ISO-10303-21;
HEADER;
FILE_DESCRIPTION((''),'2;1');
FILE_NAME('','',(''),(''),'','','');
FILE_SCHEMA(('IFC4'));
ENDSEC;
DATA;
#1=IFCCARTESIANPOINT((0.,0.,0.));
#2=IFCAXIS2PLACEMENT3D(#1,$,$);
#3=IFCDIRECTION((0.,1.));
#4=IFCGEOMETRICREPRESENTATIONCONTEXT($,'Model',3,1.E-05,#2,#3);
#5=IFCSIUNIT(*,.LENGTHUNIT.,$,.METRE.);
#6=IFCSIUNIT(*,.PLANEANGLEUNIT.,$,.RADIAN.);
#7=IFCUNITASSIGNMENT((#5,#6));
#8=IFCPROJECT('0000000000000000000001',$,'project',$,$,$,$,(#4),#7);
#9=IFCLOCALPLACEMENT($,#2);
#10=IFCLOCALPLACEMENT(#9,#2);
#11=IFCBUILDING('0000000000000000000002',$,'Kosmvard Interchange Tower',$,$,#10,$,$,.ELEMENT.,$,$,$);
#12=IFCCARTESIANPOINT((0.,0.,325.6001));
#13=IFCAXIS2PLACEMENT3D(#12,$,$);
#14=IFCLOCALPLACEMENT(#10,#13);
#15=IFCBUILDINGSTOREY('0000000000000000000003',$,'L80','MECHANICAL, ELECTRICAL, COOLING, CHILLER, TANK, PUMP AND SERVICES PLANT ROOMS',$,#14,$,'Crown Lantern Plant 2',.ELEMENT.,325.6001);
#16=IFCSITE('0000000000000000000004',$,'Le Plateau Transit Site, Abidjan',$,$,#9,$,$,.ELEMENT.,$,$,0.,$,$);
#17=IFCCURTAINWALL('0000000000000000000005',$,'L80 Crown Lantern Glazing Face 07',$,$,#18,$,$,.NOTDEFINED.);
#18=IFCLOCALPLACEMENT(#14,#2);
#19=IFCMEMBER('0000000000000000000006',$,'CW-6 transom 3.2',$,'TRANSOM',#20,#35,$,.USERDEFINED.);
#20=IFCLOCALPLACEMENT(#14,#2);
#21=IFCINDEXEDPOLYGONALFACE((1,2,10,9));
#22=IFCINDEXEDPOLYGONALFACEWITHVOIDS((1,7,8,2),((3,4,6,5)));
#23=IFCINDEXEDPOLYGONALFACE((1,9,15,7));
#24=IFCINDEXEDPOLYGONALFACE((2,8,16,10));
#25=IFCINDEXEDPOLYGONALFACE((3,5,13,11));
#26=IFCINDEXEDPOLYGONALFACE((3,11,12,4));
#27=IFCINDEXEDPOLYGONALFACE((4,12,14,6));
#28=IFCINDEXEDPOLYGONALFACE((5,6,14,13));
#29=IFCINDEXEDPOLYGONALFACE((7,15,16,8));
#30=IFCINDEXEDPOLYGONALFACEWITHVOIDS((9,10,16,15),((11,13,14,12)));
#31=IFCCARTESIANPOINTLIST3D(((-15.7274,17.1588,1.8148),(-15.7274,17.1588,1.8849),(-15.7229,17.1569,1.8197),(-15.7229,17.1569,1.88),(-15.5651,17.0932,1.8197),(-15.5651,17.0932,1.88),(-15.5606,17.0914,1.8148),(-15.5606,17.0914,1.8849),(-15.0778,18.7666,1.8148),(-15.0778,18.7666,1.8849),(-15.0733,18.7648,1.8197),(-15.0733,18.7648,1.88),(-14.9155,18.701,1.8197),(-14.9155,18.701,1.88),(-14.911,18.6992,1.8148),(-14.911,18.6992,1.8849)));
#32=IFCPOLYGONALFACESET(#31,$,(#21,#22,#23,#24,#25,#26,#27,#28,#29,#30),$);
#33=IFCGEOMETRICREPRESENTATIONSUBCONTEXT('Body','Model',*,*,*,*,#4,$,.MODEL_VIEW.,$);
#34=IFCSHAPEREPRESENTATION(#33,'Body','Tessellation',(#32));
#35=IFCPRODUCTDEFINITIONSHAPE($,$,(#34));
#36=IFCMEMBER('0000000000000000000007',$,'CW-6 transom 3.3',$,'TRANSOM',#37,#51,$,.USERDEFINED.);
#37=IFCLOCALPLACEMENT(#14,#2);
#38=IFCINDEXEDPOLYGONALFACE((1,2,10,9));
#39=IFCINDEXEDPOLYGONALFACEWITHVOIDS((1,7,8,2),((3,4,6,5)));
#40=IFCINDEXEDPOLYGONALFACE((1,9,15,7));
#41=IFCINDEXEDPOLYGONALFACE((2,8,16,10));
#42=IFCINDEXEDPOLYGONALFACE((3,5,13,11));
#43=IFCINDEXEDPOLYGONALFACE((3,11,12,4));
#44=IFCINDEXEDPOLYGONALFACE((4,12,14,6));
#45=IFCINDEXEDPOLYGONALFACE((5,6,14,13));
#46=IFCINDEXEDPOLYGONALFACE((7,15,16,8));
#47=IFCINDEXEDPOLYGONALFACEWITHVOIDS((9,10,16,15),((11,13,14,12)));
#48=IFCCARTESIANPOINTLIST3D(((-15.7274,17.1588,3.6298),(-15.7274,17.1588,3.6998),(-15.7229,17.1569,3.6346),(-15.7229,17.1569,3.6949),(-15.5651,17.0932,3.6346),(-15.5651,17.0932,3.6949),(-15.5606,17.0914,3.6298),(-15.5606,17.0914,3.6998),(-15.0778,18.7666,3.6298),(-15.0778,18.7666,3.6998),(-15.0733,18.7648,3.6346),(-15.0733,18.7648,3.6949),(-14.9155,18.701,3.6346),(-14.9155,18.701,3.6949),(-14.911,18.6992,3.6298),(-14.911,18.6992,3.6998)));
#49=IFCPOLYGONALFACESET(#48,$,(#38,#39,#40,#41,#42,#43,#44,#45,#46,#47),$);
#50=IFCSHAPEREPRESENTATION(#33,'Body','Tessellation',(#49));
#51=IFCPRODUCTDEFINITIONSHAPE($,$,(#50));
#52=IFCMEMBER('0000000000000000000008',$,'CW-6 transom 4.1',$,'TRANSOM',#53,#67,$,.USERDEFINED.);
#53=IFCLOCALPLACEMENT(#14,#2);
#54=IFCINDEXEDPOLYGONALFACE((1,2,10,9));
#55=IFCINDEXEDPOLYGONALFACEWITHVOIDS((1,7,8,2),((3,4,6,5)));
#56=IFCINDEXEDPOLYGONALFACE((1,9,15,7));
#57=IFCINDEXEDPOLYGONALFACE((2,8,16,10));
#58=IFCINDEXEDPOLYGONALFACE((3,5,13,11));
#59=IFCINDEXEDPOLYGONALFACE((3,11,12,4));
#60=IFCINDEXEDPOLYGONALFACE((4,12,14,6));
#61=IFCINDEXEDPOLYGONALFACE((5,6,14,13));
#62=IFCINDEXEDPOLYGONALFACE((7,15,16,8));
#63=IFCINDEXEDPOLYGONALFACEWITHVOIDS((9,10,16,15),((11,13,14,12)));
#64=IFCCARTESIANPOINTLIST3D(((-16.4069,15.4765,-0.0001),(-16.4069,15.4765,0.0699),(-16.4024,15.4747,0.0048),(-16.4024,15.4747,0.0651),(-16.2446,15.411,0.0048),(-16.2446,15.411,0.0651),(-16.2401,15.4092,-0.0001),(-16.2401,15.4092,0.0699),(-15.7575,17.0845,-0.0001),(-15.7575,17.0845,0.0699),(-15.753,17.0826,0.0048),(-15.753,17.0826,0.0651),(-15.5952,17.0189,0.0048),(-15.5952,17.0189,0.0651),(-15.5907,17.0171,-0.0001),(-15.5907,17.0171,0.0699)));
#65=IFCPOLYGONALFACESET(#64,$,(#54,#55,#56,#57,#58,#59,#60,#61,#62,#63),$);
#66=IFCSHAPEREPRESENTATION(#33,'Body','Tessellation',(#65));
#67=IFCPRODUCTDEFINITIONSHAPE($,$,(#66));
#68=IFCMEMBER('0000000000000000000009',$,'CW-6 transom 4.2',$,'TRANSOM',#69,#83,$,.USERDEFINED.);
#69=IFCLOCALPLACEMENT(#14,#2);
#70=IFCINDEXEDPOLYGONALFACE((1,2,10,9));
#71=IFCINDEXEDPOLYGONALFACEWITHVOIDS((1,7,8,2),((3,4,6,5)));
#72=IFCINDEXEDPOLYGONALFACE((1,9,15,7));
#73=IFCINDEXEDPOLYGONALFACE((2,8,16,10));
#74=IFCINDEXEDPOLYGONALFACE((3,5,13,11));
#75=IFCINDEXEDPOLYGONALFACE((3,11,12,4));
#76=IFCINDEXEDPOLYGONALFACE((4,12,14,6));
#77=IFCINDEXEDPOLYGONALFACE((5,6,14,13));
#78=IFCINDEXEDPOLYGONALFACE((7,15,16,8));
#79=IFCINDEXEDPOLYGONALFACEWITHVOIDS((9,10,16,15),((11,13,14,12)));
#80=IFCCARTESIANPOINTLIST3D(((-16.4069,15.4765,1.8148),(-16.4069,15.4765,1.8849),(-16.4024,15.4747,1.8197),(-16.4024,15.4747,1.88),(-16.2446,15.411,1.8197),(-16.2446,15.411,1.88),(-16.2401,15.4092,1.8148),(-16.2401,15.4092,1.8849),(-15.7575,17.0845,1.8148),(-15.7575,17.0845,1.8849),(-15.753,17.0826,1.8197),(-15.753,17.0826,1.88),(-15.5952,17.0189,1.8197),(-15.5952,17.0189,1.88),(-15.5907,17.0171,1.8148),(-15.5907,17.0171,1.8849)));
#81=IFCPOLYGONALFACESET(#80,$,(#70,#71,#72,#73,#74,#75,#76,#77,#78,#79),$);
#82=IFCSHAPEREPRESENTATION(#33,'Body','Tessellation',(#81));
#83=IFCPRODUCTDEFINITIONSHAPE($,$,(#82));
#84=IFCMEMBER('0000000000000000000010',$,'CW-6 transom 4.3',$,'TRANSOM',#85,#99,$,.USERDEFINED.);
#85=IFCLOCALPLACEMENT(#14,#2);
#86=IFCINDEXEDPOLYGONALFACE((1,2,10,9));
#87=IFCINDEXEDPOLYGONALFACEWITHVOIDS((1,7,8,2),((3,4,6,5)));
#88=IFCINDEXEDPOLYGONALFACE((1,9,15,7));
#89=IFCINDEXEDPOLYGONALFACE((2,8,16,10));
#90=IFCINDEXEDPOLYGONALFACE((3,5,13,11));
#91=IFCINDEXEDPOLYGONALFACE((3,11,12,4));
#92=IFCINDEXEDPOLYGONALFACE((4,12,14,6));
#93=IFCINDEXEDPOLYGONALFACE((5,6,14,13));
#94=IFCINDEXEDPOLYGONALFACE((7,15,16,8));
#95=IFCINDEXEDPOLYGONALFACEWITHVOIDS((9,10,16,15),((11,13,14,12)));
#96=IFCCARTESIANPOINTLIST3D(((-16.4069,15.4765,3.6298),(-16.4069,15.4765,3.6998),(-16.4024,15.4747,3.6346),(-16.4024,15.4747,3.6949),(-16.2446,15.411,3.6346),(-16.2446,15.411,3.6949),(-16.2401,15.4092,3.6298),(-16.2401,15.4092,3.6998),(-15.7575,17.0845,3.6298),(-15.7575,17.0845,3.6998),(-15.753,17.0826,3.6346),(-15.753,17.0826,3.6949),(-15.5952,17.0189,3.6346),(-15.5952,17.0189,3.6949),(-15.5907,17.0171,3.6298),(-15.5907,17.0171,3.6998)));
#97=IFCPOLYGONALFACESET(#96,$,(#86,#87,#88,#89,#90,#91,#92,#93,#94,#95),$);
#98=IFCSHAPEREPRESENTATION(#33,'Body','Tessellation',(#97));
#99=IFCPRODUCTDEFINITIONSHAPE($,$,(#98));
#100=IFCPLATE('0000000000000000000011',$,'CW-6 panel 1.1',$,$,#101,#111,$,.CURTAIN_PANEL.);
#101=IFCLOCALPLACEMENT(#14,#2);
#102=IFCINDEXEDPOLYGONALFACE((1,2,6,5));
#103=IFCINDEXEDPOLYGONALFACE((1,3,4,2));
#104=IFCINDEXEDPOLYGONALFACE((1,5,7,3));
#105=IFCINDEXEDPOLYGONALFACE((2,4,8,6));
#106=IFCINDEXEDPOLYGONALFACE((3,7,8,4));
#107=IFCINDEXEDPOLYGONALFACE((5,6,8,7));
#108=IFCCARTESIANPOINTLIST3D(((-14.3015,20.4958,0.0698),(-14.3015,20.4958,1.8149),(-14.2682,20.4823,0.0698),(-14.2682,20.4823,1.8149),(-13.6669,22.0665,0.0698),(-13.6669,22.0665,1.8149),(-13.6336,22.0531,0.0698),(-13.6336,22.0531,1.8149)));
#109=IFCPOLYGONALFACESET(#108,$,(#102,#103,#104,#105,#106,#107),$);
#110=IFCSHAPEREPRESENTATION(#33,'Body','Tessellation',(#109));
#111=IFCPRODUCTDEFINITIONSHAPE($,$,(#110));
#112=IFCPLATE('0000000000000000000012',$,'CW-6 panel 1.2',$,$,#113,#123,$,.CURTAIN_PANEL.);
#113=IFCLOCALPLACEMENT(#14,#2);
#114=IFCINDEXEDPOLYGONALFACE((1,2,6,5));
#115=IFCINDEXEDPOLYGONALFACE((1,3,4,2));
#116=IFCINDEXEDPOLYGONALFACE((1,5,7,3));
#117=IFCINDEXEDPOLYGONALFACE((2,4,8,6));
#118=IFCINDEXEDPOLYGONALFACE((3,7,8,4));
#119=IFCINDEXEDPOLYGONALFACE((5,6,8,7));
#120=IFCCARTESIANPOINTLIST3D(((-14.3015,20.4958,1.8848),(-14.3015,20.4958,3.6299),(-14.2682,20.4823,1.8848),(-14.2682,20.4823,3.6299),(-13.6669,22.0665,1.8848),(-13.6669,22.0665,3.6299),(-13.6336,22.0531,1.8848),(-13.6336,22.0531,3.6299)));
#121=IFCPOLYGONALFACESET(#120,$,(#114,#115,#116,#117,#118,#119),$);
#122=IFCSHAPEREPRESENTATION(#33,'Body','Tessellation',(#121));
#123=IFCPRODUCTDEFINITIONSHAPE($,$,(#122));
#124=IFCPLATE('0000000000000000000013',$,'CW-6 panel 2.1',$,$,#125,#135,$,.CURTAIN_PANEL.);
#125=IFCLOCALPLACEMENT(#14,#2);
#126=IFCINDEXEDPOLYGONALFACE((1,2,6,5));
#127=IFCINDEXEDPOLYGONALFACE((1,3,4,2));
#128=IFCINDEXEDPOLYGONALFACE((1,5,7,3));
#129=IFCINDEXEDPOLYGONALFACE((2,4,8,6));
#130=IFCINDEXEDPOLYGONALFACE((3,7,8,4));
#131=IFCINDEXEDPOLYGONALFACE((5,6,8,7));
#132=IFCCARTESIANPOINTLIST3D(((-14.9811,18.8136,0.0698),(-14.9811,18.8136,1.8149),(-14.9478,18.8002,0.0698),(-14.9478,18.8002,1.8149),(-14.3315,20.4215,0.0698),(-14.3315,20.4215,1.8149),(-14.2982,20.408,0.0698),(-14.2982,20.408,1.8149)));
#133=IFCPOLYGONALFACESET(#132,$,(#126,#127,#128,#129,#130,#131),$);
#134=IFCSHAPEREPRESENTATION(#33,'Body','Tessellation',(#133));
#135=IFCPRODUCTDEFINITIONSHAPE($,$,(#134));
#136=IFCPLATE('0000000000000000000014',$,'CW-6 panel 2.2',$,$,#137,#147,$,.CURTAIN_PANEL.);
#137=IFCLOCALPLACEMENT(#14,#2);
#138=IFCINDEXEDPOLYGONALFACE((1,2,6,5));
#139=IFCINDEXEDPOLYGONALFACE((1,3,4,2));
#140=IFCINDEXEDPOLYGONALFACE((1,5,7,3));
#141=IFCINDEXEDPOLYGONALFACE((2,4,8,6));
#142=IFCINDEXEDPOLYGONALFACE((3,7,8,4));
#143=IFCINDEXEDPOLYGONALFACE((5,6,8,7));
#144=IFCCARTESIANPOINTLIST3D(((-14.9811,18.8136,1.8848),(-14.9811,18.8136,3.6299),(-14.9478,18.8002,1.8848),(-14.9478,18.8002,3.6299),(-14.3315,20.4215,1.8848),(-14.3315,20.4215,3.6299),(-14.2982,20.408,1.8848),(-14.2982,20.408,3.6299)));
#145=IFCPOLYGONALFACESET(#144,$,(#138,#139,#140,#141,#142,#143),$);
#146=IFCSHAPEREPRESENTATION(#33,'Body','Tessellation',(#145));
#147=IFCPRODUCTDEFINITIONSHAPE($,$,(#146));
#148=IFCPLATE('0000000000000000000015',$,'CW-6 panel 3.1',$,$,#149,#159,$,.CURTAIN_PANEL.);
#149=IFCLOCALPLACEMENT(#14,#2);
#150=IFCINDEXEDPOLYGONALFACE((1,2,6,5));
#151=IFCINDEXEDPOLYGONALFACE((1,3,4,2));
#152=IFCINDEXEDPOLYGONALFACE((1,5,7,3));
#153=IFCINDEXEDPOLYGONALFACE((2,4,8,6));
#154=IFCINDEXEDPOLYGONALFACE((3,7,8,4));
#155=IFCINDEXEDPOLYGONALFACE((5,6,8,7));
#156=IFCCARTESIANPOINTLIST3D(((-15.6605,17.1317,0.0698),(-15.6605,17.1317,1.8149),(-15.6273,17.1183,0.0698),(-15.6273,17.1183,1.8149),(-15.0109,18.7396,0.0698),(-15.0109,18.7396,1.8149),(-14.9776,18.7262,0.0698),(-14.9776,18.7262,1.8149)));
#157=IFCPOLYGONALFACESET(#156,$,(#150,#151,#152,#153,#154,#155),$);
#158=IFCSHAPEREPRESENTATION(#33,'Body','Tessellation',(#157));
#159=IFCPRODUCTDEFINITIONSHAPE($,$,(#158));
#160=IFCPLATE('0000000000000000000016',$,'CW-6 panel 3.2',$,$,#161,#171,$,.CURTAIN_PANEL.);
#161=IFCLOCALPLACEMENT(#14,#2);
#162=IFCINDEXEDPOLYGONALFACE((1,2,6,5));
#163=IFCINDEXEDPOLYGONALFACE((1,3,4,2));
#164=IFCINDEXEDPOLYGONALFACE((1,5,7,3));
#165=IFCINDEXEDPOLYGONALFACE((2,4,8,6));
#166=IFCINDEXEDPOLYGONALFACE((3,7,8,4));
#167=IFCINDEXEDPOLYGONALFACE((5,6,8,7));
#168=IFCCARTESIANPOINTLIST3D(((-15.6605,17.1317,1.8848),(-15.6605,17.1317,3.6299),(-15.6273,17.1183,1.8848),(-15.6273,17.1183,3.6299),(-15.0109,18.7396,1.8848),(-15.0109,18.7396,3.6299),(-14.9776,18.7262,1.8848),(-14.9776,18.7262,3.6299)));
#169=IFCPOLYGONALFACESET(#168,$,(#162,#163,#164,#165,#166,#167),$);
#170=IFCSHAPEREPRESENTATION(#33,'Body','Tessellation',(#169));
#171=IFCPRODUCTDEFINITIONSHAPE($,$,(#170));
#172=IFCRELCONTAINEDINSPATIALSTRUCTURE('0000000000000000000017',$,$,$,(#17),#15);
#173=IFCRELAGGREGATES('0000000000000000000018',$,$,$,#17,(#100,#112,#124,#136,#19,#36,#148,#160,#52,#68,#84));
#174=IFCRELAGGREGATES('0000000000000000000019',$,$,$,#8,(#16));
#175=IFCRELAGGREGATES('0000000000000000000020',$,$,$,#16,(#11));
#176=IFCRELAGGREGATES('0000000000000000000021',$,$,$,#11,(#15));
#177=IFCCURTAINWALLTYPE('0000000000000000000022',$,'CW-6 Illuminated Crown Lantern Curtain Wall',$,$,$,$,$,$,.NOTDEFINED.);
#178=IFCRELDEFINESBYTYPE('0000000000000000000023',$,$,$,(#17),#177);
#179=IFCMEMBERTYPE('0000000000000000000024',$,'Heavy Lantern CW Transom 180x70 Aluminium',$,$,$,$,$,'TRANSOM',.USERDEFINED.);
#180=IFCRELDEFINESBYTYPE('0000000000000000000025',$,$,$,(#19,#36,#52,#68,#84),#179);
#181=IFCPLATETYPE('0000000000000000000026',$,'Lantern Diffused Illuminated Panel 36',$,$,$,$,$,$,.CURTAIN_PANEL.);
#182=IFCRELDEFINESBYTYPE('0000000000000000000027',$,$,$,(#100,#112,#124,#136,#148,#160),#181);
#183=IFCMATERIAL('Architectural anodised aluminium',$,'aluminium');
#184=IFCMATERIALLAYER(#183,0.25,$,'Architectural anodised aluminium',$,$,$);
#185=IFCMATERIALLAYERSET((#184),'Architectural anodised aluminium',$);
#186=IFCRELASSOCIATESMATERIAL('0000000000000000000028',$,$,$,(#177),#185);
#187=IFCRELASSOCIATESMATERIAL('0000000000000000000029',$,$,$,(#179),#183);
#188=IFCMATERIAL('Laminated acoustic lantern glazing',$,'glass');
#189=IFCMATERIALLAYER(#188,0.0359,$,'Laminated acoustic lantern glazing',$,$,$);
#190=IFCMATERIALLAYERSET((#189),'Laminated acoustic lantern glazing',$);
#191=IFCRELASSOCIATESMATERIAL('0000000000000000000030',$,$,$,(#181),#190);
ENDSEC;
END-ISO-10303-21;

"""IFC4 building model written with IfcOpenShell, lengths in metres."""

from ifc_helpers import new_model, si_unit, direction, frame, origin, origin_2d, place, context, subcontext, project, spatial, rectangle, hollow_rectangle, extrude, source, transform, mapped, material, layer, layer_set, material_profile, profile_set, type_object, element, aggregate, save


model = new_model("IFC4")

# Units and contexts
model_context = context("Model", 3, precision=1e-05, world=origin(), true_north=direction((0.0, 1.0)))
body_context = subcontext(model_context, "Body", "Model", "MODEL_VIEW")
ifc_project = project(units=[si_unit("LENGTHUNIT", "METRE"), si_unit("PLANEANGLEUNIT", "RADIAN")], contexts=[model_context])

# Site, building, storey
site_placement = place(None, origin())
site = spatial("IfcSite", under=ifc_project, at=site_placement, Name="Le Plateau Transit Site, Abidjan", CompositionType="ELEMENT", RefElevation=0.0)
building_placement = place(site_placement, origin())
building = spatial("IfcBuilding", under=site, at=building_placement, Name="Kosmvard Interchange Tower", CompositionType="ELEMENT")
storey_placement = place(building_placement, frame((0.0, 0.0, 325.6001)))
storey = spatial("IfcBuildingStorey", under=building, at=storey_placement, Name="L80", Description="MECHANICAL, ELECTRICAL, COOLING, CHILLER, TANK, PUMP AND SERVICES PLANT ROOMS", LongName="Crown Lantern Plant 2", CompositionType="ELEMENT", Elevation=325.6001)

# Curtain wall, members, plates
ifc_material_1 = material(Name="Architectural anodised aluminium", Category="aluminium")
ifc_layer_1 = layer(ifc_material_1, 0.25, Name="Architectural anodised aluminium")
ifc_layer_set_1 = layer_set([ifc_layer_1], Name="Architectural anodised aluminium")
curtain_wall_type = type_object("IfcCurtainWallType", Name="CW-6 Illuminated Crown Lantern Curtain Wall", PredefinedType="NOTDEFINED", material=ifc_layer_set_1)
curtain_wall_placement = place(storey_placement, origin())
curtain_wall = element("IfcCurtainWall", 1, at=curtain_wall_placement, inside=storey, type_object=curtain_wall_type, Name="L80 Crown Lantern Glazing Face 07", PredefinedType="NOTDEFINED")
ifc_material_profile_1 = material_profile(ifc_material_1, hollow_rectangle(XDim=0.1799, YDim=0.0701, WallThickness=0.0049, at=origin_2d()), Name="CWT 180x70x5")
ifc_profile_set_1 = profile_set([ifc_material_profile_1], Name="Architectural anodised aluminium")
member_type_1 = type_object("IfcMemberType", Name="Heavy Lantern CW Transom 180x70 Aluminium", ElementType="TRANSOM", PredefinedType="USERDEFINED", material=ifc_profile_set_1)
shared_shape_1 = source(origin(), body_context, "Body", "SweptSolid", [
    extrude(hollow_rectangle(XDim=0.1799, YDim=0.0701, WallThickness=0.0049, at=origin_2d()), origin(), (0.0, 0.0, 1.0), 1.7341),
])
member_1_placement = place(storey_placement, frame((-14.9944, 18.7329, 1.8499), z_axis=(-0.374617, -0.92718, 0.0), x_axis=(0.92718, -0.374617, 0.0)))
member_1 = element("IfcMember", 2, at=member_1_placement, type_object=member_type_1, Name="CW-6 transom 3.2", ObjectType="TRANSOM", PredefinedType="USERDEFINED", context=body_context, shape_type="MappedRepresentation", body=[
    mapped(shared_shape_1, transform((0.0, 0.0, 0.0), scale=1.0)),
])
member_2_placement = place(storey_placement, frame((-14.9944, 18.7329, 3.6648), z_axis=(-0.374617, -0.92718, 0.0), x_axis=(0.92718, -0.374617, 0.0)))
member_2 = element("IfcMember", 3, at=member_2_placement, type_object=member_type_1, Name="CW-6 transom 3.3", ObjectType="TRANSOM", PredefinedType="USERDEFINED", context=body_context, shape_type="MappedRepresentation", body=[
    mapped(shared_shape_1, transform((0.0, 0.0, 0.0), scale=1.0)),
])
member_3_placement = place(storey_placement, frame((-15.6741, 17.0508, 0.0349), z_axis=(-0.374496, -0.927229, 0.0), x_axis=(0.927229, -0.374496, 0.0)))
member_3 = element("IfcMember", 4, at=member_3_placement, type_object=member_type_1, Name="CW-6 transom 4.1", ObjectType="TRANSOM", PredefinedType="USERDEFINED", context=body_context, shape_type="MappedRepresentation", body=[
    mapped(shared_shape_1, transform((0.0, 0.0, 0.0), scale=1.0)),
])
member_4_placement = place(storey_placement, frame((-15.6741, 17.0508, 1.8499), z_axis=(-0.374496, -0.927229, 0.0), x_axis=(0.927229, -0.374496, 0.0)))
member_4 = element("IfcMember", 5, at=member_4_placement, type_object=member_type_1, Name="CW-6 transom 4.2", ObjectType="TRANSOM", PredefinedType="USERDEFINED", context=body_context, shape_type="MappedRepresentation", body=[
    mapped(shared_shape_1, transform((0.0, 0.0, 0.0), scale=1.0)),
])
member_5_placement = place(storey_placement, frame((-15.6741, 17.0508, 3.6648), z_axis=(-0.374496, -0.927229, 0.0), x_axis=(0.927229, -0.374496, 0.0)))
member_5 = element("IfcMember", 6, at=member_5_placement, type_object=member_type_1, Name="CW-6 transom 4.3", ObjectType="TRANSOM", PredefinedType="USERDEFINED", context=body_context, shape_type="MappedRepresentation", body=[
    mapped(shared_shape_1, transform((0.0, 0.0, 0.0), scale=1.0)),
])
ifc_material_2 = material(Name="Laminated acoustic lantern glazing", Category="glass")
ifc_layer_2 = layer(ifc_material_2, 0.0359, Name="Laminated acoustic lantern glazing")
ifc_layer_set_2 = layer_set([ifc_layer_2], Name="Laminated acoustic lantern glazing")
plate_type = type_object("IfcPlateType", Name="Lantern Diffused Illuminated Panel 36", PredefinedType="CURTAIN_PANEL", material=ifc_layer_set_2)
shared_shape_2 = source(origin(), body_context, "Body", "SweptSolid", [
    extrude(rectangle(XDim=1.6941, YDim=0.0359, at=origin_2d()), origin(), (0.0, 0.0, 1.0), 1.7451),
])
plate_1_placement = place(storey_placement, frame((-13.9675, 21.2744, 0.0698), z_axis=(0.0, 0.0, 1.0), x_axis=(-0.374607, -0.927184, 0.0)))
plate_1 = element("IfcPlate", 7, at=plate_1_placement, type_object=plate_type, Name="CW-6 panel 1.1", PredefinedType="CURTAIN_PANEL", context=body_context, shape_type="MappedRepresentation", body=[
    mapped(shared_shape_2, transform((0.0, 0.0, 0.0), scale=1.0)),
])
plate_2_placement = place(storey_placement, frame((-13.9675, 21.2744, 1.8848), z_axis=(0.0, 0.0, 1.0), x_axis=(-0.374607, -0.927184, 0.0)))
plate_2 = element("IfcPlate", 8, at=plate_2_placement, type_object=plate_type, Name="CW-6 panel 1.2", PredefinedType="CURTAIN_PANEL", context=body_context, shape_type="MappedRepresentation", body=[
    mapped(shared_shape_2, transform((0.0, 0.0, 0.0), scale=1.0)),
])
shared_shape_3 = source(origin(), body_context, "Body", "SweptSolid", [
    extrude(rectangle(XDim=1.7341, YDim=0.0359, at=origin_2d()), origin(), (0.0, 0.0, 1.0), 1.7451),
])
plate_3_placement = place(storey_placement, frame((-14.6396, 19.6108, 0.0698), z_axis=(0.0, 0.0, 1.0), x_axis=(-0.374607, -0.927184, 0.0)))
plate_3 = element("IfcPlate", 9, at=plate_3_placement, type_object=plate_type, Name="CW-6 panel 2.1", PredefinedType="CURTAIN_PANEL", context=body_context, shape_type="MappedRepresentation", body=[
    mapped(shared_shape_3, transform((0.0, 0.0, 0.0), scale=1.0)),
])
plate_4_placement = place(storey_placement, frame((-14.6396, 19.6108, 1.8848), z_axis=(0.0, 0.0, 1.0), x_axis=(-0.374607, -0.927184, 0.0)))
plate_4 = element("IfcPlate", 10, at=plate_4_placement, type_object=plate_type, Name="CW-6 panel 2.2", PredefinedType="CURTAIN_PANEL", context=body_context, shape_type="MappedRepresentation", body=[
    mapped(shared_shape_3, transform((0.0, 0.0, 0.0), scale=1.0)),
])
plate_5_placement = place(storey_placement, frame((-15.3191, 17.929, 0.0698), z_axis=(0.0, 0.0, 1.0), x_axis=(-0.374607, -0.927184, 0.0)))
plate_5 = element("IfcPlate", 11, at=plate_5_placement, type_object=plate_type, Name="CW-6 panel 3.1", PredefinedType="CURTAIN_PANEL", context=body_context, shape_type="MappedRepresentation", body=[
    mapped(shared_shape_3, transform((0.0, 0.0, 0.0), scale=1.0)),
])
plate_6_placement = place(storey_placement, frame((-15.3191, 17.929, 1.8848), z_axis=(0.0, 0.0, 1.0), x_axis=(-0.374607, -0.927184, 0.0)))
plate_6 = element("IfcPlate", 12, at=plate_6_placement, type_object=plate_type, Name="CW-6 panel 3.2", PredefinedType="CURTAIN_PANEL", context=body_context, shape_type="MappedRepresentation", body=[
    mapped(shared_shape_3, transform((0.0, 0.0, 0.0), scale=1.0)),
])
aggregate(curtain_wall, [plate_1, plate_2, plate_3, plate_4, member_1, member_2, plate_5, plate_6, member_3, member_4, member_5])

save(model, "model.ifc")
